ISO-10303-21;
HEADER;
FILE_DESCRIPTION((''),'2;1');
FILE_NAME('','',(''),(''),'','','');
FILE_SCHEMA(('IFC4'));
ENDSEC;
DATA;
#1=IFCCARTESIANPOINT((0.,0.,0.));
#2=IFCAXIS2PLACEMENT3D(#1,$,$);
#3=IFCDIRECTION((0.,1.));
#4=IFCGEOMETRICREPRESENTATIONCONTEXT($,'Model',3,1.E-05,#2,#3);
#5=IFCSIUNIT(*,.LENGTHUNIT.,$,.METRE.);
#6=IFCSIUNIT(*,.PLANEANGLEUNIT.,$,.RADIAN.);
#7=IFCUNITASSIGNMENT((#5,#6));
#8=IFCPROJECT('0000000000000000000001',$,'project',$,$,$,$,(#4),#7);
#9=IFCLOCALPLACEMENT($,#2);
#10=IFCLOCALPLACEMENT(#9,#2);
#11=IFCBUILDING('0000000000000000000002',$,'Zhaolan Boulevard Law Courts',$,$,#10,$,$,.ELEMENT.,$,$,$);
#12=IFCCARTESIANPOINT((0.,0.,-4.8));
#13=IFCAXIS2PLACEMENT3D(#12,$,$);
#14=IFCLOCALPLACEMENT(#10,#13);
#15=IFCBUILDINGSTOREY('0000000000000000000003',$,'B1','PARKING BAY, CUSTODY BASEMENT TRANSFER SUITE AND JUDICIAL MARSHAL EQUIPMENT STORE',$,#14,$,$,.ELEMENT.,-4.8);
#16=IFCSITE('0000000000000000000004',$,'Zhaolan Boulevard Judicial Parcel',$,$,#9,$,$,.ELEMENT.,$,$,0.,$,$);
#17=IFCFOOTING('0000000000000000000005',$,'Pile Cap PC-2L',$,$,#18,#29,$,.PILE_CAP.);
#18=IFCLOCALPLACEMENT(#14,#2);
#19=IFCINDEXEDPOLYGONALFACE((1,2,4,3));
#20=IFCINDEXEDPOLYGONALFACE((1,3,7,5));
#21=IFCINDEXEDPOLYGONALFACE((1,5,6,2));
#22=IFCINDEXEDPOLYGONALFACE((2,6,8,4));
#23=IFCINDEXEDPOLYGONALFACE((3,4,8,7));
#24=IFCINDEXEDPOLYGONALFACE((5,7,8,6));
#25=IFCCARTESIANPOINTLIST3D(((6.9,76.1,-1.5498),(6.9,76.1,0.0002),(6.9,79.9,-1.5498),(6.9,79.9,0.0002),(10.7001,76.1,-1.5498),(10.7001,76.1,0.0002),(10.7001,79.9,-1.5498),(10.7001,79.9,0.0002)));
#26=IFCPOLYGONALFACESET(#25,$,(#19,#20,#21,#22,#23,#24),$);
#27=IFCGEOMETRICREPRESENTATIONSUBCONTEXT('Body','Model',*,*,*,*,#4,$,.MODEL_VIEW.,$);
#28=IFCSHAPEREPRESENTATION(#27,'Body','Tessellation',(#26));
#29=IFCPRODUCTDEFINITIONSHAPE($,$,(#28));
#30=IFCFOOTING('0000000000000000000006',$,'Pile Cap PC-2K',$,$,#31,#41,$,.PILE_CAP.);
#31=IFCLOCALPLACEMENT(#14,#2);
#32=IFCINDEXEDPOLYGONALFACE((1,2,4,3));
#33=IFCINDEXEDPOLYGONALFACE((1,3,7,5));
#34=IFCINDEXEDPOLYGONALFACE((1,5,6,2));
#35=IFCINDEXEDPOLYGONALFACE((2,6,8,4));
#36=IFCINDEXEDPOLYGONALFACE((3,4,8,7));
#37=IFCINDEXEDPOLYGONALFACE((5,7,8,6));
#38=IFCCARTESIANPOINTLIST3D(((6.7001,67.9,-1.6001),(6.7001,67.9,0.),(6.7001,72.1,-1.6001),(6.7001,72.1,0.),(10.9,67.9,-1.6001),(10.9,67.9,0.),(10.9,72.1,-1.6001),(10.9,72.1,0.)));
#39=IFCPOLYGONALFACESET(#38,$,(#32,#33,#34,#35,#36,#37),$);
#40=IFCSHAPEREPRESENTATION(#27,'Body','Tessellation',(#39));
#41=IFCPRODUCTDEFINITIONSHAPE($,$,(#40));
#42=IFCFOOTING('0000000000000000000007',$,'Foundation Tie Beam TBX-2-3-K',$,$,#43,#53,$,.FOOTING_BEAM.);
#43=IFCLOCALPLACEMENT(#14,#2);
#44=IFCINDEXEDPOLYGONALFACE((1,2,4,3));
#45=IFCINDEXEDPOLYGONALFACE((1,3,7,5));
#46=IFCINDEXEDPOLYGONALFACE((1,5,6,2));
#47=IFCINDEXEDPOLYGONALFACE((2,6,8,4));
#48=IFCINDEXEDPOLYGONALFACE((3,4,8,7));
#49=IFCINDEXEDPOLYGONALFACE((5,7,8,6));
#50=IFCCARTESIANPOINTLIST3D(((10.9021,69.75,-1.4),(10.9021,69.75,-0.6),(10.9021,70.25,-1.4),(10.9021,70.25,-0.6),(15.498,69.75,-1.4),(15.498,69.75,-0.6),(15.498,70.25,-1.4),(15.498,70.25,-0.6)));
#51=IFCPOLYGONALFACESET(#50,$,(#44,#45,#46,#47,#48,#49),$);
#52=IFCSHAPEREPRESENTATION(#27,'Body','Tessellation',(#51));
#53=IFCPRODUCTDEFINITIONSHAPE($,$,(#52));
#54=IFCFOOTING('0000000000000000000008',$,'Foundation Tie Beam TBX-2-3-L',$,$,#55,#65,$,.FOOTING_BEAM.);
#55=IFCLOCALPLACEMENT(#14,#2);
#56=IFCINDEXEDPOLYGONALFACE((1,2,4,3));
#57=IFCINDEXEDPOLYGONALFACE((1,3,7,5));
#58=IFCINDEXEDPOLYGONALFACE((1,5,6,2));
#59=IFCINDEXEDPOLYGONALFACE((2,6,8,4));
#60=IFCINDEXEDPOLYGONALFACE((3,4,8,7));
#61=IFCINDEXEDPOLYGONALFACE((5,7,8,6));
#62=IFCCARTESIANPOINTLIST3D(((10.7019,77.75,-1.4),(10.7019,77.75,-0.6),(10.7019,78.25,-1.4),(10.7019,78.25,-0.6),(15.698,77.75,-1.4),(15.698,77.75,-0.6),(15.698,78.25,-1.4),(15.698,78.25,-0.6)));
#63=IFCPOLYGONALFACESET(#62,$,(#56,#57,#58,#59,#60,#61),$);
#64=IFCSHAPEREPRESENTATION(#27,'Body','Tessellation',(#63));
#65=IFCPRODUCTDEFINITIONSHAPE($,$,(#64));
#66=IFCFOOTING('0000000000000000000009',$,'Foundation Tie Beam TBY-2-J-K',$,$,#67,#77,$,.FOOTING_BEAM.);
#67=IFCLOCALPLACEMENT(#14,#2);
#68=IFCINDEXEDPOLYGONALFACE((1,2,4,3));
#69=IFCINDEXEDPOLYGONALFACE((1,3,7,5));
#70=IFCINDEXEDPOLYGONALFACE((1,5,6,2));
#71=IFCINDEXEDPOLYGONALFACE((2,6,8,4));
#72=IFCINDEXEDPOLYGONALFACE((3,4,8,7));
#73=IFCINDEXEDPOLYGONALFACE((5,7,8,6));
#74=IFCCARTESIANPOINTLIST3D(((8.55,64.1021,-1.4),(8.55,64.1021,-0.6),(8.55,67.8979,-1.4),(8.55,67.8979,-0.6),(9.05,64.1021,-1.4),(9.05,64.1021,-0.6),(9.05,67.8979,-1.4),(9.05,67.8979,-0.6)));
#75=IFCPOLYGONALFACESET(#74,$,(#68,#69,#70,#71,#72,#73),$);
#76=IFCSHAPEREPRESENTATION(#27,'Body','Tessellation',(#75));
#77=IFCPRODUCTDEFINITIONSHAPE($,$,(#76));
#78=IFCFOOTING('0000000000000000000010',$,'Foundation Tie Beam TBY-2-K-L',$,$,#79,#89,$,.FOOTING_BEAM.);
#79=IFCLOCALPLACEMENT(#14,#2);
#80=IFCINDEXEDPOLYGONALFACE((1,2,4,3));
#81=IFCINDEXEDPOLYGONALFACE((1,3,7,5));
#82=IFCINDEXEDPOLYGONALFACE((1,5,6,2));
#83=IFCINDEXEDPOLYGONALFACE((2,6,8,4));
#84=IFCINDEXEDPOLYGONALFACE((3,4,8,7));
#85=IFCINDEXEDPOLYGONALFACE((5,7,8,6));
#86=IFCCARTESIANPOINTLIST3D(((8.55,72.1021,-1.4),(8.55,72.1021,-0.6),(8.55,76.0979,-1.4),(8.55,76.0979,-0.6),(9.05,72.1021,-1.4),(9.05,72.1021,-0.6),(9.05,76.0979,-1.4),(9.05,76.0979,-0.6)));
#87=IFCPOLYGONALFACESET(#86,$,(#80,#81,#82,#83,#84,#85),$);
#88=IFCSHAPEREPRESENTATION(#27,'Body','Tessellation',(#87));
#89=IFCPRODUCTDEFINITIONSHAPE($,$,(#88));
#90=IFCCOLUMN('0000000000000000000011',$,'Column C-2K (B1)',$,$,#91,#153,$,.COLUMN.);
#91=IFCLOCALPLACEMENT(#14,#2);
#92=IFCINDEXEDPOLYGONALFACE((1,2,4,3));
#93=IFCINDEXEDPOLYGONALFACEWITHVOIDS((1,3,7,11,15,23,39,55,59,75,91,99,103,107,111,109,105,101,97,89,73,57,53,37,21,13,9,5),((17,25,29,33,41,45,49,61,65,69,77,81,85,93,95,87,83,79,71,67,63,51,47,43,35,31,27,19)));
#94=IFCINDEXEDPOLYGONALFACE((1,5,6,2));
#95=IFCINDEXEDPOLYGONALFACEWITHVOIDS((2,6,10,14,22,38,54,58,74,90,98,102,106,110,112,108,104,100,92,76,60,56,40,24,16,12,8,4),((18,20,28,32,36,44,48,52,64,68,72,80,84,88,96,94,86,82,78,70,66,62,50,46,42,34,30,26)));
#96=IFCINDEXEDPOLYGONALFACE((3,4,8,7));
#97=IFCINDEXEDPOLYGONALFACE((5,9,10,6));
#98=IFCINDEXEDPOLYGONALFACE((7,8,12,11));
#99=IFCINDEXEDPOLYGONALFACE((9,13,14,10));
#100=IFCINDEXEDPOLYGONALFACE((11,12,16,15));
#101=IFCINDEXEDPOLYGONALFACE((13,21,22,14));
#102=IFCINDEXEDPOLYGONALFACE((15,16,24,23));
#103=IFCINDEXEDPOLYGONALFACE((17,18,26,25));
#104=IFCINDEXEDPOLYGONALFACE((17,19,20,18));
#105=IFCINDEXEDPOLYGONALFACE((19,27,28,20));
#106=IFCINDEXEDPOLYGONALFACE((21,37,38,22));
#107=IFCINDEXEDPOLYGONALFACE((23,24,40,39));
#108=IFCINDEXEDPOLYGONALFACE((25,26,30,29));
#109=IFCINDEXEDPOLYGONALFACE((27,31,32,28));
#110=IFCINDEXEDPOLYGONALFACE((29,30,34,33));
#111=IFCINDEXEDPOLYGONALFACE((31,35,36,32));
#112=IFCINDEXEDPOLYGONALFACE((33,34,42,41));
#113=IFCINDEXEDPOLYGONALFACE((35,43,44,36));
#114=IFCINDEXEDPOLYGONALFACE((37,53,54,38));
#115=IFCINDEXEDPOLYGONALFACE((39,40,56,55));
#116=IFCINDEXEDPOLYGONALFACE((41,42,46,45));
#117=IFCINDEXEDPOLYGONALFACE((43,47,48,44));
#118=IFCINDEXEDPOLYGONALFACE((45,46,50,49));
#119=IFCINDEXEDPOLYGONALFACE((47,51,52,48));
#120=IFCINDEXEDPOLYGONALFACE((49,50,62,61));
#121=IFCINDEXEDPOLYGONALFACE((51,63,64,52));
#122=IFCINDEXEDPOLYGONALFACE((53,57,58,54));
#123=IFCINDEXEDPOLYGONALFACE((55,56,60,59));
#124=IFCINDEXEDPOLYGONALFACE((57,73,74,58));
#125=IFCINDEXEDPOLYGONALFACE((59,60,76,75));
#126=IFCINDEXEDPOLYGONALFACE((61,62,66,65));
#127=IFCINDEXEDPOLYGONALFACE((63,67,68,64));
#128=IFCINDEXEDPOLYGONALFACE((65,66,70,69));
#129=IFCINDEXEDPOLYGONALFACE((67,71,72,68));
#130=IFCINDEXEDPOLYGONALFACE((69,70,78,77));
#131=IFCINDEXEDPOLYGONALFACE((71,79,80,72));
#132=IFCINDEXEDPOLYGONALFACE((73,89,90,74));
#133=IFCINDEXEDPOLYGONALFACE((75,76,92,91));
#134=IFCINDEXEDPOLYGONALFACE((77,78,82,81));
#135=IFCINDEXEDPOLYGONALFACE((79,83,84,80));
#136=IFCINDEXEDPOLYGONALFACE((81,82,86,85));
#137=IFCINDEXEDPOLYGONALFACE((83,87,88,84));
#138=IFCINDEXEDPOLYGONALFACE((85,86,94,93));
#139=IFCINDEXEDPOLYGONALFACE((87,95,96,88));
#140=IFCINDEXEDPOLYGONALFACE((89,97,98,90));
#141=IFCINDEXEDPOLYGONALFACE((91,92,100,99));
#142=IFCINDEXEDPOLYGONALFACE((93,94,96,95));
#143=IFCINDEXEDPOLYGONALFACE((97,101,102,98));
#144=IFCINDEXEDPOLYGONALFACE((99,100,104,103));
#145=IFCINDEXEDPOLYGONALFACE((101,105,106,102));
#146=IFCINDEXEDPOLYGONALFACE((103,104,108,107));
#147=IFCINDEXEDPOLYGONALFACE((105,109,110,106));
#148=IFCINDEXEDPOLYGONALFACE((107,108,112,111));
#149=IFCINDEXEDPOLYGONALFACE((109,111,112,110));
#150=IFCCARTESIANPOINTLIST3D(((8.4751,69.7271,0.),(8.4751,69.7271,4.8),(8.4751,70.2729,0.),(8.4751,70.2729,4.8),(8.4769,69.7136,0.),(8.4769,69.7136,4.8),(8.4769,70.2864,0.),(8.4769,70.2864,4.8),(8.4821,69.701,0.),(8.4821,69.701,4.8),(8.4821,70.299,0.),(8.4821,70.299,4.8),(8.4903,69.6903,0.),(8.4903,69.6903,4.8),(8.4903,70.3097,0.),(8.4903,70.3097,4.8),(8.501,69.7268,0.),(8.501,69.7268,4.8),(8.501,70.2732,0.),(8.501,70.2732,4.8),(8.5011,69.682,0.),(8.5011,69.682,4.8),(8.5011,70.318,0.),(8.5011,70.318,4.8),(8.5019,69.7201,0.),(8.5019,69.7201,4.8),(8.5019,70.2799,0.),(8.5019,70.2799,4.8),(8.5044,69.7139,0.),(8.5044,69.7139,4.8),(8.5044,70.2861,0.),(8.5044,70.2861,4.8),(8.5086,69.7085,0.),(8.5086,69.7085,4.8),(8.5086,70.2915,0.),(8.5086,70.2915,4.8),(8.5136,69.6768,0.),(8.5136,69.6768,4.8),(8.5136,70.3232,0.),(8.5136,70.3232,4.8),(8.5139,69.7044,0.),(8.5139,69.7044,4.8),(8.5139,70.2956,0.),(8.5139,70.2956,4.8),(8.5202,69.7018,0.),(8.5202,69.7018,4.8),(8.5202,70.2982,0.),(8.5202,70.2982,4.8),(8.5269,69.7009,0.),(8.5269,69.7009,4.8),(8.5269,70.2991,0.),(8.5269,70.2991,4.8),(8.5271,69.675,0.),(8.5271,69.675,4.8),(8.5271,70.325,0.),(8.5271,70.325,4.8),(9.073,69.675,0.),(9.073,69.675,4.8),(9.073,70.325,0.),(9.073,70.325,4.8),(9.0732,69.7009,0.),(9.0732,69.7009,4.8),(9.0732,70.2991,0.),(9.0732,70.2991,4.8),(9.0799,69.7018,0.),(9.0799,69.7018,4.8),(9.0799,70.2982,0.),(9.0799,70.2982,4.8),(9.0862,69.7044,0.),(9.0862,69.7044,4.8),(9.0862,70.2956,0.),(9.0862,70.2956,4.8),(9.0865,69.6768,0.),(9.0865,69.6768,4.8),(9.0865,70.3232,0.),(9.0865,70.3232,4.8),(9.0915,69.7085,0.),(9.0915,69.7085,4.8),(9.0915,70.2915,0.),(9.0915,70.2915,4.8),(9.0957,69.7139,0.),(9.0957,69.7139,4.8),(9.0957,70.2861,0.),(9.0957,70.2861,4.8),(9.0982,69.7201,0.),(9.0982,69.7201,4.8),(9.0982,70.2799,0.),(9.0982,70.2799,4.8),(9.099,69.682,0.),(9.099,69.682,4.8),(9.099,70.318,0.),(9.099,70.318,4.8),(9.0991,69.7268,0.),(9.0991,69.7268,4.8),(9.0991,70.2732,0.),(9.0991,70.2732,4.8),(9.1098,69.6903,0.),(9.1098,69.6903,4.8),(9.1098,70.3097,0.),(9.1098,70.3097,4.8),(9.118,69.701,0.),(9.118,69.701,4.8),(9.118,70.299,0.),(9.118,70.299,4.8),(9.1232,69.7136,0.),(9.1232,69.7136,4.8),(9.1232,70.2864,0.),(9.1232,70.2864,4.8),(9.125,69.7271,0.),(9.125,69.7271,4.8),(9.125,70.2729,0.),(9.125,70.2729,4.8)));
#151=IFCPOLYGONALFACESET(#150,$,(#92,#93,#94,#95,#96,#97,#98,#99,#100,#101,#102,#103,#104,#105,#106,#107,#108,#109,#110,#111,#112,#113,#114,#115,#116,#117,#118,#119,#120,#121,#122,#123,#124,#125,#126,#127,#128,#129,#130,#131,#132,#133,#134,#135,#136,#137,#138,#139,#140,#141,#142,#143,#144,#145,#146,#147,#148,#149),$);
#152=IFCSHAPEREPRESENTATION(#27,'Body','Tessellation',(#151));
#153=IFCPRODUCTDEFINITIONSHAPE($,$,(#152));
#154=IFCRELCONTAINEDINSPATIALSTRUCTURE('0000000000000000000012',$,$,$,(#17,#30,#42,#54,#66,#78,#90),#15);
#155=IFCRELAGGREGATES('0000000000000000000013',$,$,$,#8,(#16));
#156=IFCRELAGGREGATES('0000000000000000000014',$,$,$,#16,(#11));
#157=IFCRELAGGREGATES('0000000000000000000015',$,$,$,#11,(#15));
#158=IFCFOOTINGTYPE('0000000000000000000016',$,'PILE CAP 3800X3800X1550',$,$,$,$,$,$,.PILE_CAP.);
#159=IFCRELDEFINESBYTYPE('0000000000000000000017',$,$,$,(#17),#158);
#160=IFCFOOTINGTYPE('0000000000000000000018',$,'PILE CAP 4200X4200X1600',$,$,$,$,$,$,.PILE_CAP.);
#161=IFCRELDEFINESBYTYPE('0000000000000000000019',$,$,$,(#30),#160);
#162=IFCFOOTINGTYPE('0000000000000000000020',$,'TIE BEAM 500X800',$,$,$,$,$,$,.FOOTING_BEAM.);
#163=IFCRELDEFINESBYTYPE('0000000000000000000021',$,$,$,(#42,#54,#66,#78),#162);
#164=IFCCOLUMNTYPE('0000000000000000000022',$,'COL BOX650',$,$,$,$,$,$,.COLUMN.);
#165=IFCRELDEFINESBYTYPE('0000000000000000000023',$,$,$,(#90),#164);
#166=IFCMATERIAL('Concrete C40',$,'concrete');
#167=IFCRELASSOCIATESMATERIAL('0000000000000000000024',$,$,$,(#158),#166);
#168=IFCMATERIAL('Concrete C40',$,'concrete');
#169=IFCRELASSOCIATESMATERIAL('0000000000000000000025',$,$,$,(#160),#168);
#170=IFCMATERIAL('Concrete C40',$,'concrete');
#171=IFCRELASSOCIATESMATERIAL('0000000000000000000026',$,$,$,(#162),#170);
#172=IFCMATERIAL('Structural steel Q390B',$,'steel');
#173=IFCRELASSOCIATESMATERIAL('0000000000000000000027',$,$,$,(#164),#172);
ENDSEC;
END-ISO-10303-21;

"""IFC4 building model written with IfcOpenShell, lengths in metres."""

from ifc_helpers import new_model, si_unit, direction, frame, origin, origin_2d, place, context, subcontext, project, spatial, rectangle, hollow_rectangle, extrude, material, material_profile, profile_set, type_object, element, save


model = new_model("IFC4")

# Units and contexts
model_context = context("Model", 3, precision=1e-05, world=origin(), true_north=direction((0.0, 1.0)))
body_context = subcontext(model_context, "Body", "Model", "MODEL_VIEW")
ifc_project = project(units=[si_unit("LENGTHUNIT", "METRE"), si_unit("PLANEANGLEUNIT", "RADIAN")], contexts=[model_context])

# Site, building, storey
site_placement = place(None, origin())
site = spatial("IfcSite", under=ifc_project, at=site_placement, Name="Zhaolan Boulevard Judicial Parcel", CompositionType="ELEMENT", RefElevation=0.0)
building_placement = place(site_placement, origin())
building = spatial("IfcBuilding", under=site, at=building_placement, Name="Zhaolan Boulevard Law Courts", CompositionType="ELEMENT")
storey_placement = place(building_placement, frame((0.0, 0.0, -4.8)))
storey = spatial("IfcBuildingStorey", under=building, at=storey_placement, Name="B1", Description="PARKING BAY, CUSTODY BASEMENT TRANSFER SUITE AND JUDICIAL MARSHAL EQUIPMENT STORE", CompositionType="ELEMENT", Elevation=-4.8)

# Footings
ifc_material_1 = material(Name="Concrete C40", Category="concrete")
footing_type_1 = type_object("IfcFootingType", Name="PILE CAP 3800X3800X1550", PredefinedType="PILE_CAP", material=ifc_material_1)
footing_1_placement = place(storey_placement, frame((8.8, 78.0, -1.5498), z_axis=(0.0, 0.0, 1.0), x_axis=(1.0, 0.0, 0.0)))
element("IfcFooting", 1, at=footing_1_placement, inside=storey, type_object=footing_type_1, Name="Pile Cap PC-2L", PredefinedType="PILE_CAP", context=body_context, shape_type="SweptSolid", body=[
    extrude(rectangle(XDim=3.8, YDim=3.8, at=origin_2d()), origin(), (0.0, 0.0, 1.0), 1.55),
])
ifc_material_2 = material(Name="Concrete C40", Category="concrete")
footing_type_2 = type_object("IfcFootingType", Name="PILE CAP 4200X4200X1600", PredefinedType="PILE_CAP", material=ifc_material_2)
footing_2_placement = place(storey_placement, frame((8.8, 70.0, -1.6001), z_axis=(0.0, 0.0, 1.0), x_axis=(1.0, 0.0, 0.0)))
element("IfcFooting", 2, at=footing_2_placement, inside=storey, type_object=footing_type_2, Name="Pile Cap PC-2K", PredefinedType="PILE_CAP", context=body_context, shape_type="SweptSolid", body=[
    extrude(rectangle(XDim=4.2, YDim=4.2, at=origin_2d()), origin(), (0.0, 0.0, 1.0), 1.6001),
])
ifc_material_3 = material(Name="Concrete C40", Category="concrete")
ifc_material_profile_1 = material_profile(ifc_material_3, rectangle(XDim=0.5, YDim=0.8, at=origin_2d()), Name="RC500x800")
ifc_profile_set_1 = profile_set([ifc_material_profile_1], Name="Concrete C40")
footing_type_3 = type_object("IfcFootingType", Name="TIE BEAM 500X800", PredefinedType="FOOTING_BEAM", material=ifc_profile_set_1)
footing_3_placement = place(storey_placement, frame((10.9021, 70.0, -1.0), z_axis=(1.0, 0.0, 0.0), x_axis=(0.0, 1.0, 0.0)))
element("IfcFooting", 3, at=footing_3_placement, inside=storey, type_object=footing_type_3, Name="Foundation Tie Beam TBX-2-3-K", PredefinedType="FOOTING_BEAM", context=body_context, shape_type="SweptSolid", body=[
    extrude(rectangle(XDim=0.5, YDim=0.8, at=origin_2d()), origin(), (0.0, 0.0, 1.0), 4.5959),
])
footing_4_placement = place(storey_placement, frame((10.7019, 78.0, -1.0), z_axis=(1.0, 0.0, 0.0), x_axis=(0.0, 1.0, 0.0)))
element("IfcFooting", 4, at=footing_4_placement, inside=storey, type_object=footing_type_3, Name="Foundation Tie Beam TBX-2-3-L", PredefinedType="FOOTING_BEAM", context=body_context, shape_type="SweptSolid", body=[
    extrude(rectangle(XDim=0.5, YDim=0.8, at=origin_2d()), origin(), (0.0, 0.0, 1.0), 4.9961),
])
footing_5_placement = place(storey_placement, frame((8.8, 64.1021, -1.0), z_axis=(0.0, 1.0, 0.0), x_axis=(-1.0, 0.0, 0.0)))
element("IfcFooting", 5, at=footing_5_placement, inside=storey, type_object=footing_type_3, Name="Foundation Tie Beam TBY-2-J-K", PredefinedType="FOOTING_BEAM", context=body_context, shape_type="SweptSolid", body=[
    extrude(rectangle(XDim=0.5, YDim=0.8, at=origin_2d()), origin(), (0.0, 0.0, 1.0), 3.7959),
])
footing_6_placement = place(storey_placement, frame((8.8, 72.1021, -1.0), z_axis=(0.0, 1.0, 0.0), x_axis=(-1.0, 0.0, 0.0)))
element("IfcFooting", 6, at=footing_6_placement, inside=storey, type_object=footing_type_3, Name="Foundation Tie Beam TBY-2-K-L", PredefinedType="FOOTING_BEAM", context=body_context, shape_type="SweptSolid", body=[
    extrude(rectangle(XDim=0.5, YDim=0.8, at=origin_2d()), origin(), (0.0, 0.0, 1.0), 3.9958),
])

# Column
ifc_material_4 = material(Name="Structural steel Q390B", Category="steel")
ifc_material_profile_2 = material_profile(ifc_material_4, hollow_rectangle(XDim=0.6499, YDim=0.6499, WallThickness=0.0259, InnerFilletRadius=0.0259, OuterFilletRadius=0.052, at=origin_2d()), Name="BOX650x650x26")
ifc_profile_set_2 = profile_set([ifc_material_profile_2], Name="Structural steel Q390B")
column_type_1 = type_object("IfcColumnType", Name="COL BOX650", PredefinedType="COLUMN", material=ifc_profile_set_2)
column_1_placement = place(storey_placement, frame((8.8, 70.0, 0.0), z_axis=(0.0, 0.0, 1.0), x_axis=(1.0, 0.0, 0.0)))
element("IfcColumn", 7, at=column_1_placement, inside=storey, type_object=column_type_1, Name="Column C-2K (B1)", PredefinedType="COLUMN", context=body_context, shape_type="SweptSolid", body=[
    extrude(hollow_rectangle(XDim=0.6499, YDim=0.6499, WallThickness=0.0259, InnerFilletRadius=0.0259, OuterFilletRadius=0.052, at=origin_2d()), origin(), (0.0, 0.0, 1.0), 4.8),
])

save(model, "model.ifc")
